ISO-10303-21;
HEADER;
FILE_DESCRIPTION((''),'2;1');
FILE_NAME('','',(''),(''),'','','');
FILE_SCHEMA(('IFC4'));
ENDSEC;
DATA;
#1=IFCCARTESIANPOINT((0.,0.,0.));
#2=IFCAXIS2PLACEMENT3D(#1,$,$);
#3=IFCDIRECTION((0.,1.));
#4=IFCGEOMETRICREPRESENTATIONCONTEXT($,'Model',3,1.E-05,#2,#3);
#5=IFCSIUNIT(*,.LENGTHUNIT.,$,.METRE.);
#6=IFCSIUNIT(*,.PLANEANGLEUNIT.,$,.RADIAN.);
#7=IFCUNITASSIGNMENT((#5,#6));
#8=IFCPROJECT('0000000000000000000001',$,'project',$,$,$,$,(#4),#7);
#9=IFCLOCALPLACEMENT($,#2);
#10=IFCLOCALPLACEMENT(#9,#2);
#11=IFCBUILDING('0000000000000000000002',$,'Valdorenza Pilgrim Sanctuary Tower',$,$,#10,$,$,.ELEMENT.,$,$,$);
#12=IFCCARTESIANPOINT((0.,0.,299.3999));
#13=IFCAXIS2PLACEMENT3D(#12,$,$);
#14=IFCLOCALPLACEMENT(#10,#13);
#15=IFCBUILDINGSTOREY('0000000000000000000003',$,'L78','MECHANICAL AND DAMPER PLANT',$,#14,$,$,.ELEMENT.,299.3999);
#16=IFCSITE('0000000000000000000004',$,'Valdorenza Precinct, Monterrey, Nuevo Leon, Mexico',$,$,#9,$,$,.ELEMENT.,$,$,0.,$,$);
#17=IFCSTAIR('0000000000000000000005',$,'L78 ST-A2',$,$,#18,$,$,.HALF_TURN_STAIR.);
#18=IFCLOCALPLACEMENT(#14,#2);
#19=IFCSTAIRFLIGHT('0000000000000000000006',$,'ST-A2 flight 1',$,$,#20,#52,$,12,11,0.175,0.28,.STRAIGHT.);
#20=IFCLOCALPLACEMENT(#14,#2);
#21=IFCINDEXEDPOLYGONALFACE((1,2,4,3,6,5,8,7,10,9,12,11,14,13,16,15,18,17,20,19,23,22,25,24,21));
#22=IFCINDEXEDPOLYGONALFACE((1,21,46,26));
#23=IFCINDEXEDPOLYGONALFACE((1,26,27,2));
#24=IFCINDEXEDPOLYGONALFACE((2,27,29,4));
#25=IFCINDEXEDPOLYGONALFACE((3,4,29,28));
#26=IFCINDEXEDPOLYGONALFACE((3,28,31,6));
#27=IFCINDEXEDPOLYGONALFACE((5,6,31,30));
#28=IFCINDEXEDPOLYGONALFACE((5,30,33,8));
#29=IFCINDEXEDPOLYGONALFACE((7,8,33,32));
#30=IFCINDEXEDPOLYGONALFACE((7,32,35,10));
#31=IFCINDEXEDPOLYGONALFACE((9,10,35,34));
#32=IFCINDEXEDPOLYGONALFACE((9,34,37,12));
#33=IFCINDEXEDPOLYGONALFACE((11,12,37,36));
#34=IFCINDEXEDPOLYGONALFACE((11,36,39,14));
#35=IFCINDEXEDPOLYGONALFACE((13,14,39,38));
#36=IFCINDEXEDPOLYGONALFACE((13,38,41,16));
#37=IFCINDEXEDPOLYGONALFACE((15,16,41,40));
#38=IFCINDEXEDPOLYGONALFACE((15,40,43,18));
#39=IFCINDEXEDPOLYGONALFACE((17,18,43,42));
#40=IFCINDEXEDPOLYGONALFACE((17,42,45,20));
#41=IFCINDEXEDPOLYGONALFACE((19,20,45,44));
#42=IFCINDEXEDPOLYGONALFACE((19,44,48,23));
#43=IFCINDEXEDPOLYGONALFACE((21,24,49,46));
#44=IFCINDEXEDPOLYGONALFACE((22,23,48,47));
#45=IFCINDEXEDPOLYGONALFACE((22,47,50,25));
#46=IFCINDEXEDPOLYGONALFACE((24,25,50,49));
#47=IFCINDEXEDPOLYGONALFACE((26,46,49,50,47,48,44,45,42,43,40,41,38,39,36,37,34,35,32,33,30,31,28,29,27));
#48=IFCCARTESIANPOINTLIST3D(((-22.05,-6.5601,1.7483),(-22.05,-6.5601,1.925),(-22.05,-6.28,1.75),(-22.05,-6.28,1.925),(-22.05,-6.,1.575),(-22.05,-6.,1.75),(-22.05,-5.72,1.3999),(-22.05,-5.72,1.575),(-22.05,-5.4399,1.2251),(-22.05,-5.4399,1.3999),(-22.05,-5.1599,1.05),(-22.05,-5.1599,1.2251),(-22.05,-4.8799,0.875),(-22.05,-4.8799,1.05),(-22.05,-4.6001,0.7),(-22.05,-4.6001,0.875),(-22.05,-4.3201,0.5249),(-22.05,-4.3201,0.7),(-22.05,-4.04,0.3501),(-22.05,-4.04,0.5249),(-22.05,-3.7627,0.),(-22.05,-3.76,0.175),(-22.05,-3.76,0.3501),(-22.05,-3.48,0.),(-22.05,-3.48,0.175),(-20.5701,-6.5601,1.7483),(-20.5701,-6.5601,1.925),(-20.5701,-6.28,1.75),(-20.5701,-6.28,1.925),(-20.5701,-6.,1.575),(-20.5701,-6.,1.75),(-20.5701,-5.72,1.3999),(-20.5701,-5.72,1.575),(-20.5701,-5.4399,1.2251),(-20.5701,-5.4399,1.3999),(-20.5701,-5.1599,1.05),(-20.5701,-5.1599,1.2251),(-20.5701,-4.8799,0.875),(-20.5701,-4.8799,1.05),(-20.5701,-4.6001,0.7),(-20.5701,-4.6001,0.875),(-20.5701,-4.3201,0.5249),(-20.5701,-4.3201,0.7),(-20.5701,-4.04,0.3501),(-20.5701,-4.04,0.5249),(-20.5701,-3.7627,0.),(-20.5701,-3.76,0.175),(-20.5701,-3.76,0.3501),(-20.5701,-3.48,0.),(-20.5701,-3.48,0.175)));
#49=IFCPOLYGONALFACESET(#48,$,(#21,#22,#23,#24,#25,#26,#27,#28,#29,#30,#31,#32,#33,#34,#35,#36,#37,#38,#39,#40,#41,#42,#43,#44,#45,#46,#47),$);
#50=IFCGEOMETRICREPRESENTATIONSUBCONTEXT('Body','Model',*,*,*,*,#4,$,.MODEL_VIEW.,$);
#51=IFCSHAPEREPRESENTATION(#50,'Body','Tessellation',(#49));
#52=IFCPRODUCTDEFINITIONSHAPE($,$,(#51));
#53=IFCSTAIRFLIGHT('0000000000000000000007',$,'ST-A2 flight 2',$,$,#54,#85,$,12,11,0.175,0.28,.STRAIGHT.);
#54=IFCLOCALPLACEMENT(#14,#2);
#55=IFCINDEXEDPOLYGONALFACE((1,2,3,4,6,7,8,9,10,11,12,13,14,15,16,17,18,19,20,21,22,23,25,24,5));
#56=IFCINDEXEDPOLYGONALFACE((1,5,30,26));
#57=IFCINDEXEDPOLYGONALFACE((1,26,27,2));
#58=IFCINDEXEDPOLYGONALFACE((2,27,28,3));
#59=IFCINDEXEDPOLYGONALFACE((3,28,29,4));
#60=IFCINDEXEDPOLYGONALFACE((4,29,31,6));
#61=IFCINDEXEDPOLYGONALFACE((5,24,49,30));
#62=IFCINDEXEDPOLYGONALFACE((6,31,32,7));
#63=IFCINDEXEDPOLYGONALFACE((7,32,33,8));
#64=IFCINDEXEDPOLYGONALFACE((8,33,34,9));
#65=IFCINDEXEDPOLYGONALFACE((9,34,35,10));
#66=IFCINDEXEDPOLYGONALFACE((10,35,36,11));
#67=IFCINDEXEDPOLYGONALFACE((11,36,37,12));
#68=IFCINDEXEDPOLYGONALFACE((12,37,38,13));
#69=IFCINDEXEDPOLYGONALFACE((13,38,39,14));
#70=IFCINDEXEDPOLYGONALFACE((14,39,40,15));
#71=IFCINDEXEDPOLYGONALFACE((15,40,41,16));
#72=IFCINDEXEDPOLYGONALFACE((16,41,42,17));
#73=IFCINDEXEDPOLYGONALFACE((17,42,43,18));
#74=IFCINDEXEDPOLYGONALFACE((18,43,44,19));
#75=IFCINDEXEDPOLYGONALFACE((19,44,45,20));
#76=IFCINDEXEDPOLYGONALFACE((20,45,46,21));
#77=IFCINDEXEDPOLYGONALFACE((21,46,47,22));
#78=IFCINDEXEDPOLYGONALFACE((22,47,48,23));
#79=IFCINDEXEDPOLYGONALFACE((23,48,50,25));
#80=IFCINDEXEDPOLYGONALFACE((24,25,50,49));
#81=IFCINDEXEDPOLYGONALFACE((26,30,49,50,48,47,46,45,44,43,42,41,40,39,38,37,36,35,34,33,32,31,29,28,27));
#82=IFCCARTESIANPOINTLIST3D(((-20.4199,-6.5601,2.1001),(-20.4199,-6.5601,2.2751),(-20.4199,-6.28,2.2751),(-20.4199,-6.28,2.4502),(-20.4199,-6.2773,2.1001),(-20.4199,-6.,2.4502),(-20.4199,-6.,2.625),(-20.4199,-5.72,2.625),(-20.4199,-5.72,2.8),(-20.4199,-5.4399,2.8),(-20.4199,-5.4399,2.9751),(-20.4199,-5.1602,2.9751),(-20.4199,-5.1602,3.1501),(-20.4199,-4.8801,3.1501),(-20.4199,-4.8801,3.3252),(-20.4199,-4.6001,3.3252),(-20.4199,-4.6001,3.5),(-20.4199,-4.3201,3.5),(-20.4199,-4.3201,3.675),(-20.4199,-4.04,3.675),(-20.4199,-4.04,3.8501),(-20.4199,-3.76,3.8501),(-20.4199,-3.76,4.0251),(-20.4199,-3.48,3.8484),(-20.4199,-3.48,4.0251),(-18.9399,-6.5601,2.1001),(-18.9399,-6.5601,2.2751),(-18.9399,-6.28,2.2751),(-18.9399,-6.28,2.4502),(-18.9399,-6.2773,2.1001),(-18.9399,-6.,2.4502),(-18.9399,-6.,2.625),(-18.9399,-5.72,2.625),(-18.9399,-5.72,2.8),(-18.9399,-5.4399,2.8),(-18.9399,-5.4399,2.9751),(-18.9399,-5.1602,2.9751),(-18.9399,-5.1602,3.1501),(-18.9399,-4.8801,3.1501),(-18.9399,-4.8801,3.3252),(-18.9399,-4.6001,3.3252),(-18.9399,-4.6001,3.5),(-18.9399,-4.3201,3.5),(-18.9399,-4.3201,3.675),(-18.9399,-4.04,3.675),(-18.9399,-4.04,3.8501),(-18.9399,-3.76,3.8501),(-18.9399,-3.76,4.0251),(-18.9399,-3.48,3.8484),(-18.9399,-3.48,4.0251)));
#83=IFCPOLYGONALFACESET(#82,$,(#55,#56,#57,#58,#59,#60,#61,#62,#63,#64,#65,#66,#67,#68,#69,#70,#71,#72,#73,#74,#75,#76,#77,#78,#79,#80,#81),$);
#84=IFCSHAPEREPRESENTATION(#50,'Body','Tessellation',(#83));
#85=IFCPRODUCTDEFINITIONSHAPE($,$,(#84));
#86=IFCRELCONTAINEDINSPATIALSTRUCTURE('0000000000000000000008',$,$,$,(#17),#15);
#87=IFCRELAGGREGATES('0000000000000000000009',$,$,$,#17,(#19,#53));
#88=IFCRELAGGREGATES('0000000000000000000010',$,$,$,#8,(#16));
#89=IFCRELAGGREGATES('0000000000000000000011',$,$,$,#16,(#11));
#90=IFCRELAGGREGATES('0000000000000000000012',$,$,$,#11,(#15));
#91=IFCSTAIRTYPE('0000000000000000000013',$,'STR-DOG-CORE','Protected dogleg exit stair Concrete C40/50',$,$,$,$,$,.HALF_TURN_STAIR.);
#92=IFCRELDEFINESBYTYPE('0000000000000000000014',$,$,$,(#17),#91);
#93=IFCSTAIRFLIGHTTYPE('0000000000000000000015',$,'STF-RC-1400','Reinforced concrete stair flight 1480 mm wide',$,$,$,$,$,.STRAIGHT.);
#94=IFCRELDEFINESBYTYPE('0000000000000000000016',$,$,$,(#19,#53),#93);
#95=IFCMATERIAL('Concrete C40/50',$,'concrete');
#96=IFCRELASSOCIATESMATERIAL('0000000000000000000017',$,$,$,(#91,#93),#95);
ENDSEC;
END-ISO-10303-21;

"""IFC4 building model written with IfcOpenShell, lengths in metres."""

from ifc_helpers import new_model, si_unit, direction, frame, origin, place, context, subcontext, project, spatial, polyline, outline, extrude, material, type_object, element, aggregate, save


model = new_model("IFC4")

# Units and contexts
model_context = context("Model", 3, precision=1e-05, world=origin(), true_north=direction((0.0, 1.0)))
body_context = subcontext(model_context, "Body", "Model", "MODEL_VIEW")
ifc_project = project(units=[si_unit("LENGTHUNIT", "METRE"), si_unit("PLANEANGLEUNIT", "RADIAN")], contexts=[model_context])

# Site, building, storey
site_placement = place(None, origin())
site = spatial("IfcSite", under=ifc_project, at=site_placement, Name="Valdorenza Precinct, Monterrey, Nuevo Leon, Mexico", CompositionType="ELEMENT", RefElevation=0.0)
building_placement = place(site_placement, origin())
building = spatial("IfcBuilding", under=site, at=building_placement, Name="Valdorenza Pilgrim Sanctuary Tower", CompositionType="ELEMENT")
storey_placement = place(building_placement, frame((0.0, 0.0, 299.3999)))
storey = spatial("IfcBuildingStorey", under=building, at=storey_placement, Name="L78", Description="MECHANICAL AND DAMPER PLANT", CompositionType="ELEMENT", Elevation=299.3999)

# Shared definitions
ifc_material_1 = material(Name="Concrete C40/50", Category="concrete")

# Stair, stair flights
stair_type = type_object("IfcStairType", Name="STR-DOG-CORE", Description="Protected dogleg exit stair Concrete C40/50", PredefinedType="HALF_TURN_STAIR", material=ifc_material_1)
stair_placement = place(storey_placement, origin())
stair = element("IfcStair", 1, at=stair_placement, inside=storey, type_object=stair_type, Name="L78 ST-A2", PredefinedType="HALF_TURN_STAIR")
stair_flight_type = type_object("IfcStairFlightType", Name="STF-RC-1400", Description="Reinforced concrete stair flight 1480 mm wide", PredefinedType="STRAIGHT", material=ifc_material_1)
stair_flight_1_placement = place(storey_placement, frame((-21.3101, -3.48, 0.0), z_axis=(0.0, 0.0, 1.0), x_axis=(0.0, -1.0, 0.0)))
stair_flight_1 = element("IfcStairFlight", 2, at=stair_flight_1_placement, type_object=stair_flight_type, Name="ST-A2 flight 1", NumberOfRisers=12, NumberOfTreads=11, PredefinedType="STRAIGHT", RiserHeight=0.175, TreadLength=0.28, context=body_context, shape_type="SweptSolid", body=[
    extrude(outline(polyline([(0.0, 0.0), (0.0, 0.175), (0.28, 0.175), (0.28, 0.3501), (0.5601, 0.3501), (0.5601, 0.5249), (0.8401, 0.5249), (0.8401, 0.7), (1.1201, 0.7), (1.1201, 0.875), (1.3999, 0.875), (1.3999, 1.05), (1.6799, 1.05), (1.6799, 1.2251), (1.96, 1.2251), (1.96, 1.3999), (2.24, 1.3999), (2.24, 1.575), (2.52, 1.575), (2.52, 1.75), (2.8, 1.75), (2.8, 1.925), (3.0801, 1.925), (3.0801, 2.1001), (3.0801, 1.7483), (0.2827, 0.0), (0.0, 0.0)])), frame((0.0, 0.74, 0.0), z_axis=(0.0, -1.0, 0.0), x_axis=(1.0, 0.0, 0.0)), (0.0, 0.0, 1.0), 1.48),
])
stair_flight_2_placement = place(storey_placement, frame((-19.6799, -6.5601, 2.1001), z_axis=(0.0, 0.0, 1.0), x_axis=(0.0, 1.0, 0.0)))
stair_flight_2 = element("IfcStairFlight", 3, at=stair_flight_2_placement, type_object=stair_flight_type, Name="ST-A2 flight 2", NumberOfRisers=12, NumberOfTreads=11, PredefinedType="STRAIGHT", RiserHeight=0.175, TreadLength=0.28, context=body_context, shape_type="SweptSolid", body=[
    extrude(outline(polyline([(0.0, 0.0), (0.0, 0.175), (0.28, 0.175), (0.28, 0.3501), (0.5601, 0.3501), (0.5601, 0.5249), (0.8401, 0.5249), (0.8401, 0.7), (1.1201, 0.7), (1.1201, 0.875), (1.3999, 0.875), (1.3999, 1.05), (1.6799, 1.05), (1.6799, 1.2251), (1.96, 1.2251), (1.96, 1.3999), (2.24, 1.3999), (2.24, 1.575), (2.52, 1.575), (2.52, 1.75), (2.8, 1.75), (2.8, 1.925), (3.0801, 1.925), (3.0801, 2.1001), (3.0801, 1.7483), (0.2827, 0.0), (0.0, 0.0)])), frame((0.0, 0.74, 0.0), z_axis=(0.0, -1.0, 0.0), x_axis=(1.0, 0.0, 0.0)), (0.0, 0.0, 1.0), 1.48),
])
aggregate(stair, [stair_flight_1, stair_flight_2])

save(model, "model.ifc")
